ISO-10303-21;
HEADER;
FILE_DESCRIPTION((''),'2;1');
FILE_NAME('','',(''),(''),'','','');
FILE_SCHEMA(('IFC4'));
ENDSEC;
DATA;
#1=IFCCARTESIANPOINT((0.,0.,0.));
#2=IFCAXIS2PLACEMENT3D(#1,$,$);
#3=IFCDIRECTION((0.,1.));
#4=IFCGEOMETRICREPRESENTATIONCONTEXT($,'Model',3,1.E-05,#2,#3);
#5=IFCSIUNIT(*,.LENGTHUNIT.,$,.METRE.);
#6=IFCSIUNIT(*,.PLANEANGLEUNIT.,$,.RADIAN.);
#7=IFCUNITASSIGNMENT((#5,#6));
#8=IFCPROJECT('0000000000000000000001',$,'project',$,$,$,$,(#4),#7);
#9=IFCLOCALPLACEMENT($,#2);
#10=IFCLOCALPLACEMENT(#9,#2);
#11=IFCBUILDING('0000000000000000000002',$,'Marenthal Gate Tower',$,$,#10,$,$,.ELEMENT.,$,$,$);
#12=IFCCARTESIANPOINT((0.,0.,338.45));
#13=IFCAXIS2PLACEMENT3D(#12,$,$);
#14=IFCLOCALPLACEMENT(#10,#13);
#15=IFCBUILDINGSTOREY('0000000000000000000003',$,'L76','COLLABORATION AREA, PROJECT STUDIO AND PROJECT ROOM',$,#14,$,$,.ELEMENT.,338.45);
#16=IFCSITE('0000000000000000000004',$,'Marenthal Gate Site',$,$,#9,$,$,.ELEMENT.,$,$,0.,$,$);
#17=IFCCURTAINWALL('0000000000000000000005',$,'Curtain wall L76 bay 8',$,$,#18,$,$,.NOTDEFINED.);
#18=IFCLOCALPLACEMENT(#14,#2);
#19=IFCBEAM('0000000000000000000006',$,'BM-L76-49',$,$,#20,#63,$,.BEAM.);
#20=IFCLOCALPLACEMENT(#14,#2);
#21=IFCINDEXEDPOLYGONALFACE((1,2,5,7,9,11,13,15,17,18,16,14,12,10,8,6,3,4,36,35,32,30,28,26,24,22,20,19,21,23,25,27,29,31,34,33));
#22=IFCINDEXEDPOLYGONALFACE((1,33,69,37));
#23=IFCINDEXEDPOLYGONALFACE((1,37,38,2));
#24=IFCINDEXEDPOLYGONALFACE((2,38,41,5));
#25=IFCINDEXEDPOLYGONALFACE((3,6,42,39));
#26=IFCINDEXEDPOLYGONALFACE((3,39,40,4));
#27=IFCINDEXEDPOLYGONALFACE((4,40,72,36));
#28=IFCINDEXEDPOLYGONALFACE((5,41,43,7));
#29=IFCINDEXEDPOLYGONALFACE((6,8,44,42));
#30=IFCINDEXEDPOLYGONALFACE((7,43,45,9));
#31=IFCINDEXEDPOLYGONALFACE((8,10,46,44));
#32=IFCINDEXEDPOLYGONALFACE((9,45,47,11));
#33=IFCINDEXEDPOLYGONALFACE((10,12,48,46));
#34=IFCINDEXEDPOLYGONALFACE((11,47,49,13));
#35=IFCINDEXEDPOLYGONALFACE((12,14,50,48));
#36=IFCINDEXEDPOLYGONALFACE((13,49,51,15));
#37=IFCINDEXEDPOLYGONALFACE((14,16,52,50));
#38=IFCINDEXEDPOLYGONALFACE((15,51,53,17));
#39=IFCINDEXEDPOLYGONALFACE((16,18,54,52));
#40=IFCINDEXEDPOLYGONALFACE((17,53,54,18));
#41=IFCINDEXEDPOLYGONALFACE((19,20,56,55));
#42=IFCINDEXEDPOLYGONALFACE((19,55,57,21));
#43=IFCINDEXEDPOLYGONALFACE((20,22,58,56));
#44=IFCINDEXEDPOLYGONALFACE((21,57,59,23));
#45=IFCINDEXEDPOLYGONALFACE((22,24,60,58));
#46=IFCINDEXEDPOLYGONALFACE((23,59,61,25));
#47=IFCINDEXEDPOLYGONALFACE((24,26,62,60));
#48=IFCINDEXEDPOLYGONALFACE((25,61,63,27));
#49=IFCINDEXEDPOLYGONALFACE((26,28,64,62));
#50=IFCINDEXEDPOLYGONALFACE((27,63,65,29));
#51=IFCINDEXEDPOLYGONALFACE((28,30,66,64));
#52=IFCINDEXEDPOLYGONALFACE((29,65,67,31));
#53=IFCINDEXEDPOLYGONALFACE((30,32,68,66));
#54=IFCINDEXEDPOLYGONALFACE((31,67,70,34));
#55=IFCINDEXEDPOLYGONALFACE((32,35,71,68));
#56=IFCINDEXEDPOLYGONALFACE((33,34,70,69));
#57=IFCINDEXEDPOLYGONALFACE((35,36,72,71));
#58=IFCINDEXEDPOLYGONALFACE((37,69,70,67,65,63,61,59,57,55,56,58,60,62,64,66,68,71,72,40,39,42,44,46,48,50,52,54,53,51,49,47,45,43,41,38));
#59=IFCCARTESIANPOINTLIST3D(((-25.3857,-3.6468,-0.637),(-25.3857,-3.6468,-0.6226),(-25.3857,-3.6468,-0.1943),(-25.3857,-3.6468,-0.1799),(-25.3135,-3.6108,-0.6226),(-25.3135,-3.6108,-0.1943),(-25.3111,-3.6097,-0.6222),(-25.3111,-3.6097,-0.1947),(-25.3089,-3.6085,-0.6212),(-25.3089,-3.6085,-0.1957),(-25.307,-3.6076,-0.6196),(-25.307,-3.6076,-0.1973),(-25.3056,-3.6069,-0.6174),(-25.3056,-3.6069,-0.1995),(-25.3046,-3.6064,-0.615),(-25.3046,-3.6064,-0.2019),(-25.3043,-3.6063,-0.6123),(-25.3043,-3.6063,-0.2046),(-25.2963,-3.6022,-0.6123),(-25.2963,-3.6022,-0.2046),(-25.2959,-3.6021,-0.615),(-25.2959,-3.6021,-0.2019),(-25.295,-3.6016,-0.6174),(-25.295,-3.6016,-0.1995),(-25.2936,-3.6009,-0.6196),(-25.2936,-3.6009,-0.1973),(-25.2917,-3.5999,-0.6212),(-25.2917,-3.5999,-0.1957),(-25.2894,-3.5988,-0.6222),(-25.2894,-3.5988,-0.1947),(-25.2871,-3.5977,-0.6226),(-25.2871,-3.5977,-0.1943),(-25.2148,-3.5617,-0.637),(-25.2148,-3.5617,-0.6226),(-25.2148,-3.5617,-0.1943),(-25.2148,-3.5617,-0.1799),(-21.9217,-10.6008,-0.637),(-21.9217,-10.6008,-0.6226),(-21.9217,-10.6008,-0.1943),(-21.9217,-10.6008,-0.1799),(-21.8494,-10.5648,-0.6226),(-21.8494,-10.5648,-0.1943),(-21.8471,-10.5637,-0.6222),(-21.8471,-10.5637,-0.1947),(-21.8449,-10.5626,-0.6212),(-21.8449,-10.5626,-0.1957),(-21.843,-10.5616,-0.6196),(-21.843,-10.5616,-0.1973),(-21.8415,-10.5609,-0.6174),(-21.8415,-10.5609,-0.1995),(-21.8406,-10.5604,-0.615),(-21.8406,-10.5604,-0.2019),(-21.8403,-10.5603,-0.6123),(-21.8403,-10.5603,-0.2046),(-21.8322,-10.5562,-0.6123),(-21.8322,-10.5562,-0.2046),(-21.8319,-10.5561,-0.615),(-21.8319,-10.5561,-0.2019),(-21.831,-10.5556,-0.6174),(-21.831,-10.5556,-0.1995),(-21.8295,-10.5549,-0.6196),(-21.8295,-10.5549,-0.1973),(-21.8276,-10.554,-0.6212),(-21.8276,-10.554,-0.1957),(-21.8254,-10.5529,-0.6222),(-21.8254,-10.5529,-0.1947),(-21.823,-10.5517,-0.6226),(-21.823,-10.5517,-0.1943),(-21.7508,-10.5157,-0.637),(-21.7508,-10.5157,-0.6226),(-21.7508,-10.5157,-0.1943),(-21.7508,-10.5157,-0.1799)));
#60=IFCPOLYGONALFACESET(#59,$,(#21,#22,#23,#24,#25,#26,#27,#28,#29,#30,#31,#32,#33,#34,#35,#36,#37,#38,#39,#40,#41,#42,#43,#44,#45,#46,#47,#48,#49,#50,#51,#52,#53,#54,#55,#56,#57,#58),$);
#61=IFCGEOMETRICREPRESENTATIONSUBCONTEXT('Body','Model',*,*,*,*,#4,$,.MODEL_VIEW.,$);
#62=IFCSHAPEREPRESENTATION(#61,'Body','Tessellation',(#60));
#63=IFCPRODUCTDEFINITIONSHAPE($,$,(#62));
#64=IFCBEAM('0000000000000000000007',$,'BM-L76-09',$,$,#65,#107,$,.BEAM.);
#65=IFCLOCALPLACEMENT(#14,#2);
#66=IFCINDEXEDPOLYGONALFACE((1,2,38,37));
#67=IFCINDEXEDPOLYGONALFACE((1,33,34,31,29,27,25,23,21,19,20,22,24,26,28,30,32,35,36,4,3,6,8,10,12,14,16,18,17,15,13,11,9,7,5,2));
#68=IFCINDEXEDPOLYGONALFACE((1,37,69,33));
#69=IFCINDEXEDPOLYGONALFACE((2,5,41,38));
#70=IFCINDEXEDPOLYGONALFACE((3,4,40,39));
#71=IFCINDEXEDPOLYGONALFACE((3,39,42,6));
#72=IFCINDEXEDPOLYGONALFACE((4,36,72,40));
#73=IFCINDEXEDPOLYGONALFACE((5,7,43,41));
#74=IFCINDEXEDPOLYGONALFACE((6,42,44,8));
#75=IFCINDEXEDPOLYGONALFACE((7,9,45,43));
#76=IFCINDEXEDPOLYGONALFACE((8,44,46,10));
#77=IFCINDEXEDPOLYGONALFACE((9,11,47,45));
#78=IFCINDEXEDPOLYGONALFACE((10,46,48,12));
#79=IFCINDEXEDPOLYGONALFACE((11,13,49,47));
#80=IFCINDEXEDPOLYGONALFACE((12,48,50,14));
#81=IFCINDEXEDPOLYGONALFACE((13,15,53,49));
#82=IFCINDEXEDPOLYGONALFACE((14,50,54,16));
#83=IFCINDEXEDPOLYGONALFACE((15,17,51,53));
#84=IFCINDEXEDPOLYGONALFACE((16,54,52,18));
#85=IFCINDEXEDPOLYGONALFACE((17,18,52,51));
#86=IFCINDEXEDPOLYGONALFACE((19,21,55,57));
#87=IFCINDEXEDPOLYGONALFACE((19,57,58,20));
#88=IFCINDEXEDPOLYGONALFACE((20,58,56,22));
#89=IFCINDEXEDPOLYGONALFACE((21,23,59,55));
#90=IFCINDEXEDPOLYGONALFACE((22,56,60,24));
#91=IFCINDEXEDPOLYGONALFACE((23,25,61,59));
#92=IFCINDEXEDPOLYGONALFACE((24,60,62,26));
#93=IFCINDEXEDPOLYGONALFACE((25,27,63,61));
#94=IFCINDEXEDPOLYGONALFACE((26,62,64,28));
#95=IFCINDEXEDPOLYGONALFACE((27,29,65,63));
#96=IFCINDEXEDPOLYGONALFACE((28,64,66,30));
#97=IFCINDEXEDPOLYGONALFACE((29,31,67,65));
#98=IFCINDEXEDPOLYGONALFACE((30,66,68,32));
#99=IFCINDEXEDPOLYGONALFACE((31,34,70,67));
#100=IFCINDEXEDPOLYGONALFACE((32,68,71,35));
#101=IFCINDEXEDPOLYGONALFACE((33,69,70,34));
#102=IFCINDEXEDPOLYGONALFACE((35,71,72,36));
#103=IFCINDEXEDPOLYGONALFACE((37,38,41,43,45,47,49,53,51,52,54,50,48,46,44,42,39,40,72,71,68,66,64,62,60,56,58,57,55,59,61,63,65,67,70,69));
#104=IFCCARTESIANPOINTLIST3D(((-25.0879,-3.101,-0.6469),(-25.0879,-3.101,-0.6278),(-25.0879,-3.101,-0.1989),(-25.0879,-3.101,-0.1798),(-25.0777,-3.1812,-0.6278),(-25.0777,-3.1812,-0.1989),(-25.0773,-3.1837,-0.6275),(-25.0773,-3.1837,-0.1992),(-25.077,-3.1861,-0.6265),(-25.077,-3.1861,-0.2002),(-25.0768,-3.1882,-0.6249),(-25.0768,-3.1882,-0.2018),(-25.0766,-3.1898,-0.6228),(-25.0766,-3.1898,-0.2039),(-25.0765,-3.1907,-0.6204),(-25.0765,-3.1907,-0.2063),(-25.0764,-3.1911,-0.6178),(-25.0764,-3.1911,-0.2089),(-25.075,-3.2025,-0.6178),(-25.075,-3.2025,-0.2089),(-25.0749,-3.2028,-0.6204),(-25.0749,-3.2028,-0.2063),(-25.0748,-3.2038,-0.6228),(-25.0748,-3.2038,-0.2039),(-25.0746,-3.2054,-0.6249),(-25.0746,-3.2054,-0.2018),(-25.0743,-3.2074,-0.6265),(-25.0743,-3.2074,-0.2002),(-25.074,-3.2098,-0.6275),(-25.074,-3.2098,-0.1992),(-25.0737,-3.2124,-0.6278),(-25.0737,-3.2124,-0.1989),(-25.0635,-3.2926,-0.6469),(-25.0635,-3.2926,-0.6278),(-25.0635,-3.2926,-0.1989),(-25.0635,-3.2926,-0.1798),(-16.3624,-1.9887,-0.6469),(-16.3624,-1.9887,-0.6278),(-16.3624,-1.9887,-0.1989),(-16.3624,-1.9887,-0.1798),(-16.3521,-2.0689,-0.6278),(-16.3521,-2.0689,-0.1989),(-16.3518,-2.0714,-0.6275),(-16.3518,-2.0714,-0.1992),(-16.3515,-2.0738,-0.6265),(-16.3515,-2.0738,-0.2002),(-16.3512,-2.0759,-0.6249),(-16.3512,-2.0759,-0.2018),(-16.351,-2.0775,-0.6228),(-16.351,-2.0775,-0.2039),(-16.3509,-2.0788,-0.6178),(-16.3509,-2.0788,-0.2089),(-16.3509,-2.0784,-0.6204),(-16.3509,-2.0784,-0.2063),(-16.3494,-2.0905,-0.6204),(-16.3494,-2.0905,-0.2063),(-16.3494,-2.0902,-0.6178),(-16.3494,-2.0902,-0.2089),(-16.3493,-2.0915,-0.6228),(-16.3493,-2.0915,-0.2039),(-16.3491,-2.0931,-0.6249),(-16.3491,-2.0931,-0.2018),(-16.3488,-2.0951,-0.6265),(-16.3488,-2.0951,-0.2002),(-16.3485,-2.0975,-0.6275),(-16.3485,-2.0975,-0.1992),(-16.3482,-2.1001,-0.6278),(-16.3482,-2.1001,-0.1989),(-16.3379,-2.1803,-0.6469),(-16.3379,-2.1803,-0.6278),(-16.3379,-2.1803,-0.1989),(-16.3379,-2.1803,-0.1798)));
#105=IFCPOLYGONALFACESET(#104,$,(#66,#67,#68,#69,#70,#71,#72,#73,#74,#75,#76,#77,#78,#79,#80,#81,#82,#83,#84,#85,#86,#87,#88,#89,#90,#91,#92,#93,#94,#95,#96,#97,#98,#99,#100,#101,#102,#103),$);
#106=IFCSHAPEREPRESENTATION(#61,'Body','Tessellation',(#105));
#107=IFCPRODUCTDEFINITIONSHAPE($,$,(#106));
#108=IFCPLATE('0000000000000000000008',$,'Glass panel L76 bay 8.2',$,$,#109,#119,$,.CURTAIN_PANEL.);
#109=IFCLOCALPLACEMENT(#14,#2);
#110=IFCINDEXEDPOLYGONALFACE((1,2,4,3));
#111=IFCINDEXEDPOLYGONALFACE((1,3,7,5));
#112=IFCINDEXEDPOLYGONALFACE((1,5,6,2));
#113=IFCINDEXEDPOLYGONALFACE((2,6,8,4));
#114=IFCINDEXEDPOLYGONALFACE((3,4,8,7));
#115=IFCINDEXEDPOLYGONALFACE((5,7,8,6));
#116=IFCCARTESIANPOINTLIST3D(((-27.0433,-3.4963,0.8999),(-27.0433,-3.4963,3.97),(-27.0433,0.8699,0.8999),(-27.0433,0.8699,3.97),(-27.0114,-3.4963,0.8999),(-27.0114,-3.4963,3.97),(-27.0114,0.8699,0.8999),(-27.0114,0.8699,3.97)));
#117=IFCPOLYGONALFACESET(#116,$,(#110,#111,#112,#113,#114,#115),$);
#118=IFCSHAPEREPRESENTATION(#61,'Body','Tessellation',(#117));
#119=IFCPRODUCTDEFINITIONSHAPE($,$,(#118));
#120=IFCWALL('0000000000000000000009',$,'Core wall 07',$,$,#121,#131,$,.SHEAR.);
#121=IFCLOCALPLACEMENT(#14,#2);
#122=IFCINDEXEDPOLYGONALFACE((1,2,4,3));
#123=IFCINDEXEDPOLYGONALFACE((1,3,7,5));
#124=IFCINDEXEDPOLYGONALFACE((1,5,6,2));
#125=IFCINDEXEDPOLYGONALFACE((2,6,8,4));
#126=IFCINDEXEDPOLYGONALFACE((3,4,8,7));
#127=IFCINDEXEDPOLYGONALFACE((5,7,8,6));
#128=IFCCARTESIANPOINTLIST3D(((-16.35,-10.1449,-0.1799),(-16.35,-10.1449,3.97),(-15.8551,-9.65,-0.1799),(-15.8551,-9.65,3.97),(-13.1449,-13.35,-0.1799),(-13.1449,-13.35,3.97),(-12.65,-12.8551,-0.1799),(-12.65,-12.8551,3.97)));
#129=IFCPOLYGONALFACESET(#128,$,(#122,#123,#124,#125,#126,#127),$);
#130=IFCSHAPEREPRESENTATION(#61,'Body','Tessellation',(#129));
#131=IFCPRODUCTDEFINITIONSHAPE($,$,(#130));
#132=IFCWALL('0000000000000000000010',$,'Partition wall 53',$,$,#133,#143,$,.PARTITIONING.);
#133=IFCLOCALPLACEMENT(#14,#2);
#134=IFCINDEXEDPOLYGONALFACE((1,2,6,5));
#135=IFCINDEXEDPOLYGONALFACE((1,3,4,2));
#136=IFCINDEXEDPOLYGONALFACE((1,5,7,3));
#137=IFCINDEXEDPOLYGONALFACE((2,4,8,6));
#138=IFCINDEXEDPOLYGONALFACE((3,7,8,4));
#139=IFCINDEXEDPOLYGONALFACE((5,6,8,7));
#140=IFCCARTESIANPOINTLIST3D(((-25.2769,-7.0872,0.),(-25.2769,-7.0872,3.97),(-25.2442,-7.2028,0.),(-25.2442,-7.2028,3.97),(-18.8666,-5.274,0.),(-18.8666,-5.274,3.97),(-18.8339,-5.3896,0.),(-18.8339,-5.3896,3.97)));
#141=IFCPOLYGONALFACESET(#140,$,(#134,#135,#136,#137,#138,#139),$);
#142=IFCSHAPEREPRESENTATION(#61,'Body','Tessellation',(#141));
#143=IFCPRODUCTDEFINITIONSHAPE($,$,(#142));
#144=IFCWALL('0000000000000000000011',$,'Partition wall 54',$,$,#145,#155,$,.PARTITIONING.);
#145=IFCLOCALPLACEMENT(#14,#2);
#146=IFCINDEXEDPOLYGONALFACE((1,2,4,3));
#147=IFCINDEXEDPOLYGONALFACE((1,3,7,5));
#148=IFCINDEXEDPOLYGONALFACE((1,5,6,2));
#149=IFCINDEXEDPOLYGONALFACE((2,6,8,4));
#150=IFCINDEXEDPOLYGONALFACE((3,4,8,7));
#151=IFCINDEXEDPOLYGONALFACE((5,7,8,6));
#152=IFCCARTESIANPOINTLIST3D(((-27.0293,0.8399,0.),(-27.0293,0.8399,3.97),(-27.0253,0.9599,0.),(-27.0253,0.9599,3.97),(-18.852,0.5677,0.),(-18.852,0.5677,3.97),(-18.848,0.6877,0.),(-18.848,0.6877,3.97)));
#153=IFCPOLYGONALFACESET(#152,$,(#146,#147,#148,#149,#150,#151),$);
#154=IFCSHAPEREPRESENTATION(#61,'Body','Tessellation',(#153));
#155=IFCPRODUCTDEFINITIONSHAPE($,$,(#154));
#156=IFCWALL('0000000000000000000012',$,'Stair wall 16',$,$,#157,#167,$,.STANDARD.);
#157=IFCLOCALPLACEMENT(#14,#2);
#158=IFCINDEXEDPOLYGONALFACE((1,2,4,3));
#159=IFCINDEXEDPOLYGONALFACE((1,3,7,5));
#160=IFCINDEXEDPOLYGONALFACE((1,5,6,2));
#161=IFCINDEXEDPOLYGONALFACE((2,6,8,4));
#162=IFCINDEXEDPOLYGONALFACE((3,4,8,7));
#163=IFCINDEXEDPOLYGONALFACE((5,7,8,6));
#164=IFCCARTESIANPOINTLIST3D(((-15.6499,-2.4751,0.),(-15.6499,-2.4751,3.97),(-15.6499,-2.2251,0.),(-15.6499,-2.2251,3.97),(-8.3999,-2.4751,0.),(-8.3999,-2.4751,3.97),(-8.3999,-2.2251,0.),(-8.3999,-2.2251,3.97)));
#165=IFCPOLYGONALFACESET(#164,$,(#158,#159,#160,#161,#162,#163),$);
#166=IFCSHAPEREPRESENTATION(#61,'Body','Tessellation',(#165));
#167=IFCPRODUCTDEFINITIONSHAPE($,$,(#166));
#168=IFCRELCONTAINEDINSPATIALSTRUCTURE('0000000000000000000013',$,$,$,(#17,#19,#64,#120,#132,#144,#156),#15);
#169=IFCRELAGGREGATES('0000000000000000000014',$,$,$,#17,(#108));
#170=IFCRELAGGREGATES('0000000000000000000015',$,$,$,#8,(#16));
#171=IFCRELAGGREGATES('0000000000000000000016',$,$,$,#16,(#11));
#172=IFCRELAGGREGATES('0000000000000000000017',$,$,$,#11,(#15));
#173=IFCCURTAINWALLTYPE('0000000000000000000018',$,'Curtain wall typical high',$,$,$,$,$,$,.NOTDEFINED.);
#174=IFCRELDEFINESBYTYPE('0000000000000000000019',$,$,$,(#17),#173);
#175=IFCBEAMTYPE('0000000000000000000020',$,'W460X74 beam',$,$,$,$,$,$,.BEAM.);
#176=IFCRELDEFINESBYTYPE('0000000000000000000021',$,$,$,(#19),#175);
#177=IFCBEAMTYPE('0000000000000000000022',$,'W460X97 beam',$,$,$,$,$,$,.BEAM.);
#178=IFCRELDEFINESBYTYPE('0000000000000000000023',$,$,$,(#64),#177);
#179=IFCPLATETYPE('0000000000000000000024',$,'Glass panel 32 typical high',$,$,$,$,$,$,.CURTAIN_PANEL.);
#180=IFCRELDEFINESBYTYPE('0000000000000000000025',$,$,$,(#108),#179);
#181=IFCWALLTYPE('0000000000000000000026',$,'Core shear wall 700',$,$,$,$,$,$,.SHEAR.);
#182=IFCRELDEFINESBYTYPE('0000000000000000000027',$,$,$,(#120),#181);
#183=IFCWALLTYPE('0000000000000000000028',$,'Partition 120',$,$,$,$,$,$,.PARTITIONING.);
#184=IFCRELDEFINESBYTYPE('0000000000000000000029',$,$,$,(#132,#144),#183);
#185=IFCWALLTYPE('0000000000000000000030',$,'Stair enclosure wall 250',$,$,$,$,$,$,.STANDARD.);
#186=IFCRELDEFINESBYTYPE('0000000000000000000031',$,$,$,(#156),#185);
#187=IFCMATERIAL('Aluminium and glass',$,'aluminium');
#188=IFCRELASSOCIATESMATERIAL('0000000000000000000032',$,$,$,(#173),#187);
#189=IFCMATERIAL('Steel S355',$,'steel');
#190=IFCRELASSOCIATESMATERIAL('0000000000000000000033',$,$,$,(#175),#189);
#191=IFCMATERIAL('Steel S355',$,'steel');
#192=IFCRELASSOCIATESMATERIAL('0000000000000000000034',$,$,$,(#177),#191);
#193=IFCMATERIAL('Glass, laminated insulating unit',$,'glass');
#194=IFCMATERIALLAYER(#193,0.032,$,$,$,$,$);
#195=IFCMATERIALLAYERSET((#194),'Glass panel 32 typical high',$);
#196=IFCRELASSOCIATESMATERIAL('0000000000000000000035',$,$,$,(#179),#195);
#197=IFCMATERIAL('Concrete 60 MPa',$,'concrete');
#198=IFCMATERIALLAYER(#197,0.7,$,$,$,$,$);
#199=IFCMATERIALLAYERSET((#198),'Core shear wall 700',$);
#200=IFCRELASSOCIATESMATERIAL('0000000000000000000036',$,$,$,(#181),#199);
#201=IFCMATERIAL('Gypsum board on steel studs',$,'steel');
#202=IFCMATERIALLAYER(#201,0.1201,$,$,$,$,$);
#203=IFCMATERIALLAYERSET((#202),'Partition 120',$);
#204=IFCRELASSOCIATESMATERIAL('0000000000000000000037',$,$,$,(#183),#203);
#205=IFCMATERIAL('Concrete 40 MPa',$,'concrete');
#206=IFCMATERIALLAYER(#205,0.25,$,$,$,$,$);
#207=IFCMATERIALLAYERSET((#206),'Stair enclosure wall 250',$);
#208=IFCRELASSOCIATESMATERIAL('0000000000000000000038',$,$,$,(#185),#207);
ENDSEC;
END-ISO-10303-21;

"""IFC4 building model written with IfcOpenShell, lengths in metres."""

from ifc_helpers import new_model, si_unit, direction, frame, frame_2d, origin, origin_2d, place, context, subcontext, project, spatial, rectangle, i_section, extrude, material, layer, layer_set, material_profile, profile_set, type_object, element, aggregate, save


model = new_model("IFC4")

# Units and contexts
model_context = context("Model", 3, precision=1e-05, world=origin(), true_north=direction((0.0, 1.0)))
body_context = subcontext(model_context, "Body", "Model", "MODEL_VIEW")
ifc_project = project(units=[si_unit("LENGTHUNIT", "METRE"), si_unit("PLANEANGLEUNIT", "RADIAN")], contexts=[model_context])

# Site, building, storey
site_placement = place(None, origin())
site = spatial("IfcSite", under=ifc_project, at=site_placement, Name="Marenthal Gate Site", CompositionType="ELEMENT", RefElevation=0.0)
building_placement = place(site_placement, origin())
building = spatial("IfcBuilding", under=site, at=building_placement, Name="Marenthal Gate Tower", CompositionType="ELEMENT")
storey_placement = place(building_placement, frame((0.0, 0.0, 338.45)))
storey = spatial("IfcBuildingStorey", under=building, at=storey_placement, Name="L76", Description="COLLABORATION AREA, PROJECT STUDIO AND PROJECT ROOM", CompositionType="ELEMENT", Elevation=338.45)

# Curtain wall
ifc_material_1 = material(Name="Aluminium and glass", Category="aluminium")
curtain_wall_type = type_object("IfcCurtainWallType", Name="Curtain wall typical high", PredefinedType="NOTDEFINED", material=ifc_material_1)
curtain_wall_placement = place(storey_placement, origin())
curtain_wall = element("IfcCurtainWall", 1, at=curtain_wall_placement, inside=storey, type_object=curtain_wall_type, Name="Curtain wall L76 bay 8", PredefinedType="NOTDEFINED")

# Beams
ifc_material_2 = material(Name="Steel S355", Category="steel")
ifc_material_profile_1 = material_profile(ifc_material_2, i_section(OverallWidth=0.1909, OverallDepth=0.457, WebThickness=0.009, FlangeThickness=0.0144, FilletRadius=0.0103, at=origin_2d()), Name="W460X74")
ifc_profile_set_1 = profile_set([ifc_material_profile_1], Name="Steel S355")
beam_type_1 = type_object("IfcBeamType", Name="W460X74 beam", PredefinedType="BEAM", material=ifc_profile_set_1)
beam_1_placement = place(storey_placement, frame((-25.3003, -3.6042, -0.4084), z_axis=(0.445881, -0.895092, 0.0), x_axis=(0.895092, 0.445881, 0.0)))
element("IfcBeam", 2, at=beam_1_placement, inside=storey, type_object=beam_type_1, Name="BM-L76-49", PredefinedType="BEAM", context=body_context, shape_type="SweptSolid", body=[
    extrude(i_section(OverallWidth=0.1909, OverallDepth=0.457, WebThickness=0.009, FlangeThickness=0.0144, FilletRadius=0.0103, at=origin_2d()), origin(), (0.0, 0.0, 1.0), 7.769),
])
ifc_material_3 = material(Name="Steel S355", Category="steel")
ifc_material_profile_2 = material_profile(ifc_material_3, i_section(OverallWidth=0.1931, OverallDepth=0.467, WebThickness=0.0115, FlangeThickness=0.019, FilletRadius=0.01, at=origin_2d()), Name="W460X97")
ifc_profile_set_2 = profile_set([ifc_material_profile_2], Name="Steel S355")
beam_type_2 = type_object("IfcBeamType", Name="W460X97 beam", PredefinedType="BEAM", material=ifc_profile_set_2)
beam_2_placement = place(storey_placement, frame((-25.0757, -3.1968, -0.4133), z_axis=(0.991973, 0.126453, 0.0), x_axis=(-0.126453, 0.991973, 0.0)))
element("IfcBeam", 3, at=beam_2_placement, inside=storey, type_object=beam_type_2, Name="BM-L76-09", PredefinedType="BEAM", context=body_context, shape_type="SweptSolid", body=[
    extrude(i_section(OverallWidth=0.1931, OverallDepth=0.467, WebThickness=0.0115, FlangeThickness=0.019, FilletRadius=0.01, at=origin_2d()), origin(), (0.0, 0.0, 1.0), 8.7961),
])

# Plate
ifc_material_4 = material(Name="Glass, laminated insulating unit", Category="glass")
ifc_layer_1 = layer(ifc_material_4, 0.032)
ifc_layer_set_1 = layer_set([ifc_layer_1], Name="Glass panel 32 typical high")
plate_type = type_object("IfcPlateType", Name="Glass panel 32 typical high", PredefinedType="CURTAIN_PANEL", material=ifc_layer_set_1)
plate_placement = place(storey_placement, frame((-27.0273, -1.3132, 0.8999), z_axis=(0.0, 0.0, 1.0), x_axis=(0.0, -1.0, 0.0)))
plate = element("IfcPlate", 4, at=plate_placement, type_object=plate_type, Name="Glass panel L76 bay 8.2", PredefinedType="CURTAIN_PANEL", context=body_context, shape_type="SweptSolid", body=[
    extrude(rectangle(XDim=4.3662, YDim=0.032, at=origin_2d()), origin(), (0.0, 0.0, 1.0), 3.0701),
])
aggregate(curtain_wall, [plate])

# Walls
ifc_material_5 = material(Name="Concrete 60 MPa", Category="concrete")
ifc_layer_2 = layer(ifc_material_5, 0.7)
ifc_layer_set_2 = layer_set([ifc_layer_2], Name="Core shear wall 700")
wall_type_1 = type_object("IfcWallType", Name="Core shear wall 700", PredefinedType="SHEAR", material=ifc_layer_set_2)
wall_1_placement = place(storey_placement, frame((-16.1025, -9.8975, -0.1799), z_axis=(0.0, 0.0, 1.0), x_axis=(0.707107, -0.707107, 0.0)))
element("IfcWall", 5, at=wall_1_placement, inside=storey, type_object=wall_type_1, Name="Core wall 07", PredefinedType="SHEAR", context=body_context, shape_type="SweptSolid", body=[
    extrude(rectangle(XDim=4.5327, YDim=0.7, at=frame_2d((2.2664, 0.0))), origin(), (0.0, 0.0, 1.0), 4.1499),
])
ifc_material_6 = material(Name="Gypsum board on steel studs", Category="steel")
ifc_layer_3 = layer(ifc_material_6, 0.1201)
ifc_layer_set_3 = layer_set([ifc_layer_3], Name="Partition 120")
wall_type_2 = type_object("IfcWallType", Name="Partition 120", PredefinedType="PARTITIONING", material=ifc_layer_set_3)
wall_2_placement = place(storey_placement, frame((-18.8501, -5.3318, 0.0), z_axis=(0.0, 0.0, 1.0), x_axis=(-0.962247, -0.272179, 0.0)))
element("IfcWall", 6, at=wall_2_placement, inside=storey, type_object=wall_type_2, Name="Partition wall 53", PredefinedType="PARTITIONING", context=body_context, shape_type="SweptSolid", body=[
    extrude(rectangle(XDim=6.6619, YDim=0.1201, at=frame_2d((3.3311, 0.0))), origin(), (0.0, 0.0, 1.0), 3.97),
])
wall_3_placement = place(storey_placement, frame((-18.8501, 0.6277, 0.0), z_axis=(0.0, 0.0, 1.0), x_axis=(-0.999446, 0.033271, 0.0)))
element("IfcWall", 7, at=wall_3_placement, inside=storey, type_object=wall_type_2, Name="Partition wall 54", PredefinedType="PARTITIONING", context=body_context, shape_type="SweptSolid", body=[
    extrude(rectangle(XDim=8.1819, YDim=0.1201, at=frame_2d((4.0908, 0.0))), origin(), (0.0, 0.0, 1.0), 3.97),
])
ifc_material_7 = material(Name="Concrete 40 MPa", Category="concrete")
ifc_layer_4 = layer(ifc_material_7, 0.25)
ifc_layer_set_4 = layer_set([ifc_layer_4], Name="Stair enclosure wall 250")
wall_type_3 = type_object("IfcWallType", Name="Stair enclosure wall 250", PredefinedType="STANDARD", material=ifc_layer_set_4)
wall_4_placement = place(storey_placement, frame((-15.6499, -2.3501, 0.0), z_axis=(0.0, 0.0, 1.0), x_axis=(1.0, 0.0, 0.0)))
element("IfcWall", 8, at=wall_4_placement, inside=storey, type_object=wall_type_3, Name="Stair wall 16", PredefinedType="STANDARD", context=body_context, shape_type="SweptSolid", body=[
    extrude(rectangle(XDim=7.25, YDim=0.25, at=frame_2d((3.625, 0.0))), origin(), (0.0, 0.0, 1.0), 3.97),
])

save(model, "model.ifc")
